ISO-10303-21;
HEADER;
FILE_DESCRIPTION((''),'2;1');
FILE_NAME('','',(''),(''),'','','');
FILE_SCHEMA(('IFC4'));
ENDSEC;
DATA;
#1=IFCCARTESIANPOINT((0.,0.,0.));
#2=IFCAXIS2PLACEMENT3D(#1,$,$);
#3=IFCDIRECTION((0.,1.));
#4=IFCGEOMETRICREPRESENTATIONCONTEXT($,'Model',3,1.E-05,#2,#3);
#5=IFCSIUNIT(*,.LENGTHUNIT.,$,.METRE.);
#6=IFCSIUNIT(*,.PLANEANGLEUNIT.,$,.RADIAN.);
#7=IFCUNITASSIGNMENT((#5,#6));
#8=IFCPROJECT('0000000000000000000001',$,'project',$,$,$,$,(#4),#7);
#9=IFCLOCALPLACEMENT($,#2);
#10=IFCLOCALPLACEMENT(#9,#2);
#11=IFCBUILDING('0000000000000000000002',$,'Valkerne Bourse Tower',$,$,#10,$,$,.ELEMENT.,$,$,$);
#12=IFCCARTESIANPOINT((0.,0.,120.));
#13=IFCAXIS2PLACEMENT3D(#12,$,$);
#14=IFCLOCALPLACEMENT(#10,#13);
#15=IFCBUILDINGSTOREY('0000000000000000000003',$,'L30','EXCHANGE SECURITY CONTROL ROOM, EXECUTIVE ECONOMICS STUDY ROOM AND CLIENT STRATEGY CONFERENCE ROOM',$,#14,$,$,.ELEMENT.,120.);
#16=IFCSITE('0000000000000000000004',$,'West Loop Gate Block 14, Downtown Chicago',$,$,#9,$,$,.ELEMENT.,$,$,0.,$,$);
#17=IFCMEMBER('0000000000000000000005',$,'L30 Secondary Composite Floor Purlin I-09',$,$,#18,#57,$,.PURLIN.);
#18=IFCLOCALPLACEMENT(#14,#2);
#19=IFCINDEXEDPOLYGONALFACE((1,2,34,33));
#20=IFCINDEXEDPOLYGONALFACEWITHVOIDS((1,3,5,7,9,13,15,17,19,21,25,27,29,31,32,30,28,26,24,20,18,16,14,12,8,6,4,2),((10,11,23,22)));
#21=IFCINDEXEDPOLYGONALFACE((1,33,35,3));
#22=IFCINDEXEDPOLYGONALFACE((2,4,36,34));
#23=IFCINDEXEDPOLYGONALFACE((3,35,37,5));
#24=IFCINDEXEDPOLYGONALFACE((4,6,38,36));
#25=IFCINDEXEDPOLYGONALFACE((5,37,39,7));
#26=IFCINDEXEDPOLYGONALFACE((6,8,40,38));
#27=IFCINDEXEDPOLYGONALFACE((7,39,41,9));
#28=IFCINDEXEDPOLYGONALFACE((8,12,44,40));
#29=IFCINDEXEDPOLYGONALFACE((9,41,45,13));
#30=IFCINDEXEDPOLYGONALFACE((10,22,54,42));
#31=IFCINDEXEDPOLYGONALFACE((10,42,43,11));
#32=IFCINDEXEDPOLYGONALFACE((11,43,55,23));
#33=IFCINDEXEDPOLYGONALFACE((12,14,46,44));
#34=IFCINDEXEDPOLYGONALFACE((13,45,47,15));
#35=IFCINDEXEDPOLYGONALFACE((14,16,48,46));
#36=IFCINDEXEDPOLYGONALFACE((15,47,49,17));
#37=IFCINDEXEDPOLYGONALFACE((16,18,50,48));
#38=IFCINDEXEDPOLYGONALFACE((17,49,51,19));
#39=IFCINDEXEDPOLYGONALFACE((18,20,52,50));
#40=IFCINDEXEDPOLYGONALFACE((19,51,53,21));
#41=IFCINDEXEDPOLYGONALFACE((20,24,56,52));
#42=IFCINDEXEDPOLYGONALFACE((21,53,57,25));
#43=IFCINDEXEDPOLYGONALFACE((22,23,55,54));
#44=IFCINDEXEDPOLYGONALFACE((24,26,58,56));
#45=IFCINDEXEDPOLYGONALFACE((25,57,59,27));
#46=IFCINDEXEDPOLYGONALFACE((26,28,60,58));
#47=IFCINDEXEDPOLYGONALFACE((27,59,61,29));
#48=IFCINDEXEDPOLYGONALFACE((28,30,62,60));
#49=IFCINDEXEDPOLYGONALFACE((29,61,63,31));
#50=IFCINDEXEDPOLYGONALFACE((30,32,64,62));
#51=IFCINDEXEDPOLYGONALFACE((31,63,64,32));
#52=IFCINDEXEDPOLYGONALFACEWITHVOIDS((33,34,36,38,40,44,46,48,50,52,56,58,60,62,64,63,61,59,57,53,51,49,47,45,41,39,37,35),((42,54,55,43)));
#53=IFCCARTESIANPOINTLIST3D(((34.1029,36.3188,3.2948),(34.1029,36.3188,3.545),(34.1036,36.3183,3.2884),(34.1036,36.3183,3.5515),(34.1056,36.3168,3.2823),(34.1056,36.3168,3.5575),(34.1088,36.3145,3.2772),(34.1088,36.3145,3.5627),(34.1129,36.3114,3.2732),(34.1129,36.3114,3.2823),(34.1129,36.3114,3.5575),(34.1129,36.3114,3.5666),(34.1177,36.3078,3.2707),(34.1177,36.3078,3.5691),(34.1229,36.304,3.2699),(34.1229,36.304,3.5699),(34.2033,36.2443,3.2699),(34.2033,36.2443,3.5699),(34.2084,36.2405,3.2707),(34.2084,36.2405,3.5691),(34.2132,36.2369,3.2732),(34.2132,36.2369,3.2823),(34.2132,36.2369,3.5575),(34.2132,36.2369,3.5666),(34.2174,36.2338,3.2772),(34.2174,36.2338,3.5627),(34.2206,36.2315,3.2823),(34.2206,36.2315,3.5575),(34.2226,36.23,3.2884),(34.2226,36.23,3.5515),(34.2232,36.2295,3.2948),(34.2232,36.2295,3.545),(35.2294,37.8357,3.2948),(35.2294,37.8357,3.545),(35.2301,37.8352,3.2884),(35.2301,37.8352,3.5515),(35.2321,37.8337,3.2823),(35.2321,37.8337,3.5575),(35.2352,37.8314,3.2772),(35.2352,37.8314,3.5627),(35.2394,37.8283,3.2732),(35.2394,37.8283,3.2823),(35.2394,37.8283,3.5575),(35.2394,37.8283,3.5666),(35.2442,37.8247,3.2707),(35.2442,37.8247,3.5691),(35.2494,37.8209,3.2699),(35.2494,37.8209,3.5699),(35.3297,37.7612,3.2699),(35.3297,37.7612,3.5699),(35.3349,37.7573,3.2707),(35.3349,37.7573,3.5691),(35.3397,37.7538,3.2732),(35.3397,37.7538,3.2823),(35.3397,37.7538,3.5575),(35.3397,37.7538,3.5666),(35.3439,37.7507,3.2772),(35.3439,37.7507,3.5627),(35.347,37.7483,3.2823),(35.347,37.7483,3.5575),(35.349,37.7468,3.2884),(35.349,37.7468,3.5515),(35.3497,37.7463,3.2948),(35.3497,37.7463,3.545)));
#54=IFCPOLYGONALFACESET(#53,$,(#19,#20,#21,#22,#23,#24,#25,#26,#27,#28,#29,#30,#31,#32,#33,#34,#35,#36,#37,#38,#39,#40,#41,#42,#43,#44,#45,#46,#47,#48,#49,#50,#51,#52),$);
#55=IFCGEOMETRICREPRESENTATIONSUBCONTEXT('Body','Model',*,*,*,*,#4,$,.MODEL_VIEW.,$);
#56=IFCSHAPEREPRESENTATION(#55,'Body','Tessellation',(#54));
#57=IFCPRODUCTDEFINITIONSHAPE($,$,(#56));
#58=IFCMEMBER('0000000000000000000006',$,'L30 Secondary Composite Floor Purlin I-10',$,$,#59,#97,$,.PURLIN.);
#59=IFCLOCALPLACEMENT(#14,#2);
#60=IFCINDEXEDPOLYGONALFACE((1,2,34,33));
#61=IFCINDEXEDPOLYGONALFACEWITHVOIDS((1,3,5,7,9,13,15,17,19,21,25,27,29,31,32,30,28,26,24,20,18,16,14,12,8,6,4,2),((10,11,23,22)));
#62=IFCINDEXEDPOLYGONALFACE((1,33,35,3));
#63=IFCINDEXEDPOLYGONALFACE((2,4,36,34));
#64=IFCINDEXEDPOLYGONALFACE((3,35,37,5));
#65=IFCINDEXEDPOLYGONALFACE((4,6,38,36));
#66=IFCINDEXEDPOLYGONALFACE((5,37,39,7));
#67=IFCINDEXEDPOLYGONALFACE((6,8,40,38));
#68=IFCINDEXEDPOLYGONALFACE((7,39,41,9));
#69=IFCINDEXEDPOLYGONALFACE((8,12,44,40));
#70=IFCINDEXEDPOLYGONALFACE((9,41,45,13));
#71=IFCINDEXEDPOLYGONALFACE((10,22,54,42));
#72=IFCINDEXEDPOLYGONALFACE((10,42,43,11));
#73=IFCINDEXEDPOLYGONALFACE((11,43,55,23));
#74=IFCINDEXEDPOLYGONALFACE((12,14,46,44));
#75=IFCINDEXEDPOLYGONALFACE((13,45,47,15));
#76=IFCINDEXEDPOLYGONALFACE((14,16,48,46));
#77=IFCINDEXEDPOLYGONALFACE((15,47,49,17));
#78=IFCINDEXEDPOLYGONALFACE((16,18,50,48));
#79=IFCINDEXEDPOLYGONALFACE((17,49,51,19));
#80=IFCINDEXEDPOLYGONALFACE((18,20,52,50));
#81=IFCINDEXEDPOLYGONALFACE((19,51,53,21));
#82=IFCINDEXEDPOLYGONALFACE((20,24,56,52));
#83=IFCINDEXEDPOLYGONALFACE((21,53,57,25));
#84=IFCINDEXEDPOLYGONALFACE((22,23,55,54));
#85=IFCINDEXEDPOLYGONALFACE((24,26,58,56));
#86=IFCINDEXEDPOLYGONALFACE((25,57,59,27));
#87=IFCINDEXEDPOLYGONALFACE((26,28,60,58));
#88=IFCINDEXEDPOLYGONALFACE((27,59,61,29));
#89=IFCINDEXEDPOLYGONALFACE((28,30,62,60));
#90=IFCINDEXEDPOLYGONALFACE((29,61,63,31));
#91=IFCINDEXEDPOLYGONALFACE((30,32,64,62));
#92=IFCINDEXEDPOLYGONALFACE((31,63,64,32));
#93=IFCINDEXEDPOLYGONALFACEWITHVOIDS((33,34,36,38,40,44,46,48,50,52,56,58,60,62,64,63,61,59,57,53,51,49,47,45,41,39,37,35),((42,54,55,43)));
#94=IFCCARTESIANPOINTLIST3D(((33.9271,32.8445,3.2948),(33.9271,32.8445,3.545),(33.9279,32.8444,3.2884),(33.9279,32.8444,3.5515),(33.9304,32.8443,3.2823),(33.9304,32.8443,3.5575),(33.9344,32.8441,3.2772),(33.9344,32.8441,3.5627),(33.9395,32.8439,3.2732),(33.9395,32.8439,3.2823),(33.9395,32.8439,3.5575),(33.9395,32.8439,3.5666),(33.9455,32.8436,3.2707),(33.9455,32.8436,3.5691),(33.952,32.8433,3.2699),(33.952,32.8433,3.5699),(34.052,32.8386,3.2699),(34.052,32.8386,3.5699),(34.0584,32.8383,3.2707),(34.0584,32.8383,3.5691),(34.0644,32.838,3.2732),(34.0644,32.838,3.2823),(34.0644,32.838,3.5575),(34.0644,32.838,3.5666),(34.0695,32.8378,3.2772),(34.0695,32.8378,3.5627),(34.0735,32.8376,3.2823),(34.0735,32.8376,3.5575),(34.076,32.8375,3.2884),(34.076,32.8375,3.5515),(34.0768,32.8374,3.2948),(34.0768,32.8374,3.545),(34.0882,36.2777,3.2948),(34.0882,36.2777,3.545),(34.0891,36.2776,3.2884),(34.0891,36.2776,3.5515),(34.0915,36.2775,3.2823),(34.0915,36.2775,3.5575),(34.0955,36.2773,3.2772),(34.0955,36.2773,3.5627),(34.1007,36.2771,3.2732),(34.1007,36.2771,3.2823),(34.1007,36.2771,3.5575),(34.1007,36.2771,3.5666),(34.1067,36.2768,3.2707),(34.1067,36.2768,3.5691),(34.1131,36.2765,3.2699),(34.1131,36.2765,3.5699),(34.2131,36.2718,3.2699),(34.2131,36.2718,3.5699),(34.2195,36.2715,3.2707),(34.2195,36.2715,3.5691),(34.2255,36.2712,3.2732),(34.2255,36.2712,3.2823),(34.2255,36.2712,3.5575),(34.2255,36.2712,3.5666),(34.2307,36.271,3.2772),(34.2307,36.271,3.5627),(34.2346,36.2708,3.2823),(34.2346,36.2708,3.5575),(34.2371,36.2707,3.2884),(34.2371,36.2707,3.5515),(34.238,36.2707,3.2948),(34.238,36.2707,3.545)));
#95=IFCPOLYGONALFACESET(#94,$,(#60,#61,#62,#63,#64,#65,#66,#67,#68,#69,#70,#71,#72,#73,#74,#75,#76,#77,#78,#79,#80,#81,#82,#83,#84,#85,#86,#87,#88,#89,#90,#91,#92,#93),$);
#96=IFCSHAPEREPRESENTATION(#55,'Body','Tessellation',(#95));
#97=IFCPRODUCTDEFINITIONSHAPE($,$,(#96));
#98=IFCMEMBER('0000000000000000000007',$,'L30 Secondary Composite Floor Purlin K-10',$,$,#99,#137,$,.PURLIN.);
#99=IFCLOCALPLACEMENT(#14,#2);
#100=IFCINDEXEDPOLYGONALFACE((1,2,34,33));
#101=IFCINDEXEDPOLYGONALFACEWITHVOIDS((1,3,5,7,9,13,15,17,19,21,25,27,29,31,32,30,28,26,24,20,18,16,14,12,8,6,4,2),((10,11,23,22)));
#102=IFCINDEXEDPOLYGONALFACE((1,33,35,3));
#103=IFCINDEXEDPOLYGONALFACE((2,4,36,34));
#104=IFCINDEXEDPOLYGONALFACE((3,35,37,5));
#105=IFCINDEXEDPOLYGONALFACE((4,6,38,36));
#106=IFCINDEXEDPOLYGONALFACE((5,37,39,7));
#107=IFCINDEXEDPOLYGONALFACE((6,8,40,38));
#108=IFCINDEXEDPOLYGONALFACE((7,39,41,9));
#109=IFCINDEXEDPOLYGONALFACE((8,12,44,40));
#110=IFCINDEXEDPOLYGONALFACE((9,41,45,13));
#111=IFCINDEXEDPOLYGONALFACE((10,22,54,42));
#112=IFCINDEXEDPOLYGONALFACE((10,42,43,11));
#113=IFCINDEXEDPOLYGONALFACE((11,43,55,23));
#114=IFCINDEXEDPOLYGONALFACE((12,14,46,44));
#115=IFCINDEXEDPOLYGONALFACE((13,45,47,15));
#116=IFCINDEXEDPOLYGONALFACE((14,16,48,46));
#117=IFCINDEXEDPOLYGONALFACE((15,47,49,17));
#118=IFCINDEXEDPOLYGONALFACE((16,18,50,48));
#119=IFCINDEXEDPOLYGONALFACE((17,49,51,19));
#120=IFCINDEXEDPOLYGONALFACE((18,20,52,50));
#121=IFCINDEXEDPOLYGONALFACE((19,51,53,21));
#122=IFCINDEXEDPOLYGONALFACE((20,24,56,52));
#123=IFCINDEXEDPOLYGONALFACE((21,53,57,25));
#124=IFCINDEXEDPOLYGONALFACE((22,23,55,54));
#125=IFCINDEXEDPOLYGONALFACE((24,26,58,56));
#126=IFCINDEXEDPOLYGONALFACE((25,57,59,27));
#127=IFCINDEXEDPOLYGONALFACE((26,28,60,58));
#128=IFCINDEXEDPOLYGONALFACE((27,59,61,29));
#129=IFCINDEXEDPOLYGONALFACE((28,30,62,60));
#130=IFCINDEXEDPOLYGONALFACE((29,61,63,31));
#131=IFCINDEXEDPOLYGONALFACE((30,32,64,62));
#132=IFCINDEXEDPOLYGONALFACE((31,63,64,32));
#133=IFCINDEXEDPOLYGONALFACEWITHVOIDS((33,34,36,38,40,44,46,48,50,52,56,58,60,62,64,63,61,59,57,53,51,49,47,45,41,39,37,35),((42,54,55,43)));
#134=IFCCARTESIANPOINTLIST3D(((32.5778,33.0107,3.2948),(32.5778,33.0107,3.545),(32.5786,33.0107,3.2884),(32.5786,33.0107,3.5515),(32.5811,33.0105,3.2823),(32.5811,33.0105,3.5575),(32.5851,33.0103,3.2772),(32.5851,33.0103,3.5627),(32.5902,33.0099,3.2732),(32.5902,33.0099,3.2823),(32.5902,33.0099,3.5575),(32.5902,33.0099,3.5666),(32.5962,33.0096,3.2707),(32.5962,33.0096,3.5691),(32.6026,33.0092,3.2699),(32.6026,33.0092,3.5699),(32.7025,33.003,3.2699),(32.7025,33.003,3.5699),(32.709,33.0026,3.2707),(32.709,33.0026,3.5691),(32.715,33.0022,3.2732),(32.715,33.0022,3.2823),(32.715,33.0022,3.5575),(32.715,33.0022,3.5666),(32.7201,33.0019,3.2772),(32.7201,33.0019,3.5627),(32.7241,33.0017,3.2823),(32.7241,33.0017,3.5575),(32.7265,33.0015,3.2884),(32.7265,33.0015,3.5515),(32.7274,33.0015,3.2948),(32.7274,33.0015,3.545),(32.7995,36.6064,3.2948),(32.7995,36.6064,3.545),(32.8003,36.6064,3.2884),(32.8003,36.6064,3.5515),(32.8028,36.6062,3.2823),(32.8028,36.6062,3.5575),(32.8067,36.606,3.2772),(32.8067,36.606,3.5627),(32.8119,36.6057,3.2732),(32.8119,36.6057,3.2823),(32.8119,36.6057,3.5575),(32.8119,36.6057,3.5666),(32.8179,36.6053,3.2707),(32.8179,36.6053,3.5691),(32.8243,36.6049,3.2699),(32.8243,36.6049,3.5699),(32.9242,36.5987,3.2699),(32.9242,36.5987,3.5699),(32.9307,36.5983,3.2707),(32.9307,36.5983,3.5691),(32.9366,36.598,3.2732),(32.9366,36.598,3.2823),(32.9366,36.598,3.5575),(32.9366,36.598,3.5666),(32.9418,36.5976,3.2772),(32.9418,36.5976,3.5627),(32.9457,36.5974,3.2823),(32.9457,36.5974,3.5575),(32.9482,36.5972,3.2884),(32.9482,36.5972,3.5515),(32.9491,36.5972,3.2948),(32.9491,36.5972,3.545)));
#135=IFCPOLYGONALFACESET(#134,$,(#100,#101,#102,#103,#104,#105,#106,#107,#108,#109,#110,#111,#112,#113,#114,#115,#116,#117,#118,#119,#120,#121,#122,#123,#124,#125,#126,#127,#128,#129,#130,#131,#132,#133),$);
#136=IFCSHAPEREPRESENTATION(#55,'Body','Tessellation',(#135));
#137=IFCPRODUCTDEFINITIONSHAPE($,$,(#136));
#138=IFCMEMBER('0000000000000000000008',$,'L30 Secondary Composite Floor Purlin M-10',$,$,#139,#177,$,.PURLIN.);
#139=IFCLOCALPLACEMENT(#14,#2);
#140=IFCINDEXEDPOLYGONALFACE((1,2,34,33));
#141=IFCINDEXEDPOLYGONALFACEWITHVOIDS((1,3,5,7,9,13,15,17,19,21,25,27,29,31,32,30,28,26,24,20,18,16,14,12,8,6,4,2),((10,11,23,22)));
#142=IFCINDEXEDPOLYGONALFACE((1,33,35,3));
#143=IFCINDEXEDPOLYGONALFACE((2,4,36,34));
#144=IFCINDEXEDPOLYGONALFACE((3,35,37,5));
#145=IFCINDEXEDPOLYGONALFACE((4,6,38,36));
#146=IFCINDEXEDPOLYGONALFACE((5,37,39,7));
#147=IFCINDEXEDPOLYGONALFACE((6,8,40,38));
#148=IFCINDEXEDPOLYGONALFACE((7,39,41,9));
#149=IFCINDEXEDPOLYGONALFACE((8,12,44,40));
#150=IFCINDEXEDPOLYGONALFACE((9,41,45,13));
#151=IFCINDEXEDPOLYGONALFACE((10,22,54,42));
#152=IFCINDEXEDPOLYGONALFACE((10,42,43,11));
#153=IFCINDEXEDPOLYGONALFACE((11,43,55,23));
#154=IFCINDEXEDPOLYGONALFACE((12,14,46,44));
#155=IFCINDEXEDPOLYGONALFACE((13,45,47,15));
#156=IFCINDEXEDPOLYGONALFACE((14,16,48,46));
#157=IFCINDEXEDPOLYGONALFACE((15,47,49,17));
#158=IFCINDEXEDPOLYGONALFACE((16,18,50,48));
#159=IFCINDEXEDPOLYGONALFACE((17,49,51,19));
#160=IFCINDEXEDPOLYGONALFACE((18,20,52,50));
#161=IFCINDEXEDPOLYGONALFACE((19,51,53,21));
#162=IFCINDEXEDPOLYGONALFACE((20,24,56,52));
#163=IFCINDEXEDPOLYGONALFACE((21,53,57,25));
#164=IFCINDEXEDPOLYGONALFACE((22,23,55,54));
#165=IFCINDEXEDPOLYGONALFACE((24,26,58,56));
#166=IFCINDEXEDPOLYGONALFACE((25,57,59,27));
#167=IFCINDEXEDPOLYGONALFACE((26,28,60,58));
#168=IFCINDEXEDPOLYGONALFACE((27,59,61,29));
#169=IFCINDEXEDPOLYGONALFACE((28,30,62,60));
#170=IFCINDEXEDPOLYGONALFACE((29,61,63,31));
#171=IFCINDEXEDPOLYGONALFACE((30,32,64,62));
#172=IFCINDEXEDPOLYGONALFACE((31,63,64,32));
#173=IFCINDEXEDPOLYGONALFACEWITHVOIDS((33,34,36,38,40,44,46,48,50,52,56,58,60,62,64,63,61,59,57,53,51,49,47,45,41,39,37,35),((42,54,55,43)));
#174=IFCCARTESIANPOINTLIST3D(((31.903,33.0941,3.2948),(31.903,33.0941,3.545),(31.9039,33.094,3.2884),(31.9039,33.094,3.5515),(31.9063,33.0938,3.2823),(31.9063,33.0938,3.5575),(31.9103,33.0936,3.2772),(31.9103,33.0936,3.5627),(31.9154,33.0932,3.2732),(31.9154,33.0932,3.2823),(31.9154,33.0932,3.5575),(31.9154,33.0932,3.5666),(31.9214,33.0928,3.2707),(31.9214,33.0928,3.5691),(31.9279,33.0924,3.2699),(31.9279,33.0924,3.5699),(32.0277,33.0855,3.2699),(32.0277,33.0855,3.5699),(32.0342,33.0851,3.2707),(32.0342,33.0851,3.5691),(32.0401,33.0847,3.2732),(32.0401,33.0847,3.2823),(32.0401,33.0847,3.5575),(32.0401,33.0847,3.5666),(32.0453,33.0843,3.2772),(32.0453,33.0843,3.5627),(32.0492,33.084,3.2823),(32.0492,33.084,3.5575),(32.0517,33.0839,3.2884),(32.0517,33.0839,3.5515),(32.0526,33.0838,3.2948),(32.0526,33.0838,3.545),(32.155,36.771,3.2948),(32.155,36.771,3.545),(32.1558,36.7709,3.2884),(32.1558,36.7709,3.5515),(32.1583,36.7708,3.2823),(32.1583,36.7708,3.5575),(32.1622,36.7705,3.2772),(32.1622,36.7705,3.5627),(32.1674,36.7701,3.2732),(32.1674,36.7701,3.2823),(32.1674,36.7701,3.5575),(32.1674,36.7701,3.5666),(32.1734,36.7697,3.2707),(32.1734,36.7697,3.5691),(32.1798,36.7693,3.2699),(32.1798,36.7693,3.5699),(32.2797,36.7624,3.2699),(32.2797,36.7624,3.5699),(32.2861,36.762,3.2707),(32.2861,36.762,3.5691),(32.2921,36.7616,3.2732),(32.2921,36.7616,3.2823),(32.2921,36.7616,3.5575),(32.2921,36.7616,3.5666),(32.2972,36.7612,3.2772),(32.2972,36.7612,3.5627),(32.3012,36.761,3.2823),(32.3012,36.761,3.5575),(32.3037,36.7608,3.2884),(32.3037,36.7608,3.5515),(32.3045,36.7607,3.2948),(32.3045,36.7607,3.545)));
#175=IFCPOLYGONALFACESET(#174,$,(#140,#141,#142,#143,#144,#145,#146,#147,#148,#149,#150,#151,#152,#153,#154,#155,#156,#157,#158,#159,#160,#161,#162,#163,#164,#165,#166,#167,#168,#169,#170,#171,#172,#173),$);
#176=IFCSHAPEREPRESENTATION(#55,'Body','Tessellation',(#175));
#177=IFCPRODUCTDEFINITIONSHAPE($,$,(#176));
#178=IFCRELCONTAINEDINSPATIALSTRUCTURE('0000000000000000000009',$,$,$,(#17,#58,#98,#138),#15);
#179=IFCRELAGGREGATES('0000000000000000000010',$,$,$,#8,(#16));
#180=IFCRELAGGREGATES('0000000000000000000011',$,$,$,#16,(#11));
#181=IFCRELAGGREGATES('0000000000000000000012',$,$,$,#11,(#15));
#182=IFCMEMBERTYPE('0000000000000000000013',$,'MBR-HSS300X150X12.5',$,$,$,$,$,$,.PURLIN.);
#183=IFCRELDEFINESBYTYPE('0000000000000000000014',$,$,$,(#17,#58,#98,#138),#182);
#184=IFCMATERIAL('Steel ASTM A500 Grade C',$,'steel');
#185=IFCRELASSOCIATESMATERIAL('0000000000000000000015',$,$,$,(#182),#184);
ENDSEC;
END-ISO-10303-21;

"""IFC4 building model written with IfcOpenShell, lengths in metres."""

from ifc_helpers import new_model, si_unit, direction, frame, origin, origin_2d, place, context, subcontext, project, spatial, hollow_rectangle, extrude, material, material_profile, profile_set, type_object, element, save


model = new_model("IFC4")

# Units and contexts
model_context = context("Model", 3, precision=1e-05, world=origin(), true_north=direction((0.0, 1.0)))
body_context = subcontext(model_context, "Body", "Model", "MODEL_VIEW")
ifc_project = project(units=[si_unit("LENGTHUNIT", "METRE"), si_unit("PLANEANGLEUNIT", "RADIAN")], contexts=[model_context])

# Site, building, storey
site_placement = place(None, origin())
site = spatial("IfcSite", under=ifc_project, at=site_placement, Name="West Loop Gate Block 14, Downtown Chicago", CompositionType="ELEMENT", RefElevation=0.0)
building_placement = place(site_placement, origin())
building = spatial("IfcBuilding", under=site, at=building_placement, Name="Valkerne Bourse Tower", CompositionType="ELEMENT")
storey_placement = place(building_placement, frame((0.0, 0.0, 120.0)))
storey = spatial("IfcBuildingStorey", under=building, at=storey_placement, Name="L30", Description="EXCHANGE SECURITY CONTROL ROOM, EXECUTIVE ECONOMICS STUDY ROOM AND CLIENT STRATEGY CONFERENCE ROOM", CompositionType="ELEMENT", Elevation=120.0)

# Members
ifc_material_1 = material(Name="Steel ASTM A500 Grade C", Category="steel")
ifc_material_profile_1 = material_profile(ifc_material_1, hollow_rectangle(XDim=0.1499, YDim=0.3, WallThickness=0.0125, OuterFilletRadius=0.0249, at=origin_2d()), Name="HSS300X150X12.5")
ifc_profile_set_1 = profile_set([ifc_material_profile_1], Name="Steel ASTM A500 Grade C")
member_type_1 = type_object("IfcMemberType", Name="MBR-HSS300X150X12.5", PredefinedType="PURLIN", material=ifc_profile_set_1)
member_1_placement = place(storey_placement, frame((35.2896, 37.791, 3.4199), z_axis=(-0.59621, -0.802829, 0.0), x_axis=(0.802829, -0.59621, 0.0)))
element("IfcMember", 1, at=member_1_placement, inside=storey, type_object=member_type_1, Name="L30 Secondary Composite Floor Purlin I-09", PredefinedType="PURLIN", context=body_context, shape_type="SweptSolid", body=[
    extrude(hollow_rectangle(XDim=0.1499, YDim=0.3, WallThickness=0.0125, OuterFilletRadius=0.0249, at=origin_2d()), origin(), (0.0, 0.0, 1.0), 1.8894),
])
member_2_placement = place(storey_placement, frame((34.1631, 36.2742, 3.4199), z_axis=(-0.04688, -0.998901, 0.0), x_axis=(0.998901, -0.04688, 0.0)))
element("IfcMember", 2, at=member_2_placement, inside=storey, type_object=member_type_1, Name="L30 Secondary Composite Floor Purlin I-10", PredefinedType="PURLIN", context=body_context, shape_type="SweptSolid", body=[
    extrude(hollow_rectangle(XDim=0.1499, YDim=0.3, WallThickness=0.0125, OuterFilletRadius=0.0249, at=origin_2d()), origin(), (0.0, 0.0, 1.0), 3.437),
])
member_3_placement = place(storey_placement, frame((32.8743, 36.6018, 3.4199), z_axis=(-0.061534, -0.998105, 0.0), x_axis=(0.998105, -0.061534, 0.0)))
element("IfcMember", 3, at=member_3_placement, inside=storey, type_object=member_type_1, Name="L30 Secondary Composite Floor Purlin K-10", PredefinedType="PURLIN", context=body_context, shape_type="SweptSolid", body=[
    extrude(hollow_rectangle(XDim=0.1499, YDim=0.3, WallThickness=0.0125, OuterFilletRadius=0.0249, at=origin_2d()), origin(), (0.0, 0.0, 1.0), 3.6025),
])
member_4_placement = place(storey_placement, frame((32.2297, 36.7659, 3.4199), z_axis=(-0.068361, -0.997661, 0.0), x_axis=(0.997661, -0.068361, 0.0)))
element("IfcMember", 4, at=member_4_placement, inside=storey, type_object=member_type_1, Name="L30 Secondary Composite Floor Purlin M-10", PredefinedType="PURLIN", context=body_context, shape_type="SweptSolid", body=[
    extrude(hollow_rectangle(XDim=0.1499, YDim=0.3, WallThickness=0.0125, OuterFilletRadius=0.0249, at=origin_2d()), origin(), (0.0, 0.0, 1.0), 3.6855),
])

save(model, "model.ifc")
